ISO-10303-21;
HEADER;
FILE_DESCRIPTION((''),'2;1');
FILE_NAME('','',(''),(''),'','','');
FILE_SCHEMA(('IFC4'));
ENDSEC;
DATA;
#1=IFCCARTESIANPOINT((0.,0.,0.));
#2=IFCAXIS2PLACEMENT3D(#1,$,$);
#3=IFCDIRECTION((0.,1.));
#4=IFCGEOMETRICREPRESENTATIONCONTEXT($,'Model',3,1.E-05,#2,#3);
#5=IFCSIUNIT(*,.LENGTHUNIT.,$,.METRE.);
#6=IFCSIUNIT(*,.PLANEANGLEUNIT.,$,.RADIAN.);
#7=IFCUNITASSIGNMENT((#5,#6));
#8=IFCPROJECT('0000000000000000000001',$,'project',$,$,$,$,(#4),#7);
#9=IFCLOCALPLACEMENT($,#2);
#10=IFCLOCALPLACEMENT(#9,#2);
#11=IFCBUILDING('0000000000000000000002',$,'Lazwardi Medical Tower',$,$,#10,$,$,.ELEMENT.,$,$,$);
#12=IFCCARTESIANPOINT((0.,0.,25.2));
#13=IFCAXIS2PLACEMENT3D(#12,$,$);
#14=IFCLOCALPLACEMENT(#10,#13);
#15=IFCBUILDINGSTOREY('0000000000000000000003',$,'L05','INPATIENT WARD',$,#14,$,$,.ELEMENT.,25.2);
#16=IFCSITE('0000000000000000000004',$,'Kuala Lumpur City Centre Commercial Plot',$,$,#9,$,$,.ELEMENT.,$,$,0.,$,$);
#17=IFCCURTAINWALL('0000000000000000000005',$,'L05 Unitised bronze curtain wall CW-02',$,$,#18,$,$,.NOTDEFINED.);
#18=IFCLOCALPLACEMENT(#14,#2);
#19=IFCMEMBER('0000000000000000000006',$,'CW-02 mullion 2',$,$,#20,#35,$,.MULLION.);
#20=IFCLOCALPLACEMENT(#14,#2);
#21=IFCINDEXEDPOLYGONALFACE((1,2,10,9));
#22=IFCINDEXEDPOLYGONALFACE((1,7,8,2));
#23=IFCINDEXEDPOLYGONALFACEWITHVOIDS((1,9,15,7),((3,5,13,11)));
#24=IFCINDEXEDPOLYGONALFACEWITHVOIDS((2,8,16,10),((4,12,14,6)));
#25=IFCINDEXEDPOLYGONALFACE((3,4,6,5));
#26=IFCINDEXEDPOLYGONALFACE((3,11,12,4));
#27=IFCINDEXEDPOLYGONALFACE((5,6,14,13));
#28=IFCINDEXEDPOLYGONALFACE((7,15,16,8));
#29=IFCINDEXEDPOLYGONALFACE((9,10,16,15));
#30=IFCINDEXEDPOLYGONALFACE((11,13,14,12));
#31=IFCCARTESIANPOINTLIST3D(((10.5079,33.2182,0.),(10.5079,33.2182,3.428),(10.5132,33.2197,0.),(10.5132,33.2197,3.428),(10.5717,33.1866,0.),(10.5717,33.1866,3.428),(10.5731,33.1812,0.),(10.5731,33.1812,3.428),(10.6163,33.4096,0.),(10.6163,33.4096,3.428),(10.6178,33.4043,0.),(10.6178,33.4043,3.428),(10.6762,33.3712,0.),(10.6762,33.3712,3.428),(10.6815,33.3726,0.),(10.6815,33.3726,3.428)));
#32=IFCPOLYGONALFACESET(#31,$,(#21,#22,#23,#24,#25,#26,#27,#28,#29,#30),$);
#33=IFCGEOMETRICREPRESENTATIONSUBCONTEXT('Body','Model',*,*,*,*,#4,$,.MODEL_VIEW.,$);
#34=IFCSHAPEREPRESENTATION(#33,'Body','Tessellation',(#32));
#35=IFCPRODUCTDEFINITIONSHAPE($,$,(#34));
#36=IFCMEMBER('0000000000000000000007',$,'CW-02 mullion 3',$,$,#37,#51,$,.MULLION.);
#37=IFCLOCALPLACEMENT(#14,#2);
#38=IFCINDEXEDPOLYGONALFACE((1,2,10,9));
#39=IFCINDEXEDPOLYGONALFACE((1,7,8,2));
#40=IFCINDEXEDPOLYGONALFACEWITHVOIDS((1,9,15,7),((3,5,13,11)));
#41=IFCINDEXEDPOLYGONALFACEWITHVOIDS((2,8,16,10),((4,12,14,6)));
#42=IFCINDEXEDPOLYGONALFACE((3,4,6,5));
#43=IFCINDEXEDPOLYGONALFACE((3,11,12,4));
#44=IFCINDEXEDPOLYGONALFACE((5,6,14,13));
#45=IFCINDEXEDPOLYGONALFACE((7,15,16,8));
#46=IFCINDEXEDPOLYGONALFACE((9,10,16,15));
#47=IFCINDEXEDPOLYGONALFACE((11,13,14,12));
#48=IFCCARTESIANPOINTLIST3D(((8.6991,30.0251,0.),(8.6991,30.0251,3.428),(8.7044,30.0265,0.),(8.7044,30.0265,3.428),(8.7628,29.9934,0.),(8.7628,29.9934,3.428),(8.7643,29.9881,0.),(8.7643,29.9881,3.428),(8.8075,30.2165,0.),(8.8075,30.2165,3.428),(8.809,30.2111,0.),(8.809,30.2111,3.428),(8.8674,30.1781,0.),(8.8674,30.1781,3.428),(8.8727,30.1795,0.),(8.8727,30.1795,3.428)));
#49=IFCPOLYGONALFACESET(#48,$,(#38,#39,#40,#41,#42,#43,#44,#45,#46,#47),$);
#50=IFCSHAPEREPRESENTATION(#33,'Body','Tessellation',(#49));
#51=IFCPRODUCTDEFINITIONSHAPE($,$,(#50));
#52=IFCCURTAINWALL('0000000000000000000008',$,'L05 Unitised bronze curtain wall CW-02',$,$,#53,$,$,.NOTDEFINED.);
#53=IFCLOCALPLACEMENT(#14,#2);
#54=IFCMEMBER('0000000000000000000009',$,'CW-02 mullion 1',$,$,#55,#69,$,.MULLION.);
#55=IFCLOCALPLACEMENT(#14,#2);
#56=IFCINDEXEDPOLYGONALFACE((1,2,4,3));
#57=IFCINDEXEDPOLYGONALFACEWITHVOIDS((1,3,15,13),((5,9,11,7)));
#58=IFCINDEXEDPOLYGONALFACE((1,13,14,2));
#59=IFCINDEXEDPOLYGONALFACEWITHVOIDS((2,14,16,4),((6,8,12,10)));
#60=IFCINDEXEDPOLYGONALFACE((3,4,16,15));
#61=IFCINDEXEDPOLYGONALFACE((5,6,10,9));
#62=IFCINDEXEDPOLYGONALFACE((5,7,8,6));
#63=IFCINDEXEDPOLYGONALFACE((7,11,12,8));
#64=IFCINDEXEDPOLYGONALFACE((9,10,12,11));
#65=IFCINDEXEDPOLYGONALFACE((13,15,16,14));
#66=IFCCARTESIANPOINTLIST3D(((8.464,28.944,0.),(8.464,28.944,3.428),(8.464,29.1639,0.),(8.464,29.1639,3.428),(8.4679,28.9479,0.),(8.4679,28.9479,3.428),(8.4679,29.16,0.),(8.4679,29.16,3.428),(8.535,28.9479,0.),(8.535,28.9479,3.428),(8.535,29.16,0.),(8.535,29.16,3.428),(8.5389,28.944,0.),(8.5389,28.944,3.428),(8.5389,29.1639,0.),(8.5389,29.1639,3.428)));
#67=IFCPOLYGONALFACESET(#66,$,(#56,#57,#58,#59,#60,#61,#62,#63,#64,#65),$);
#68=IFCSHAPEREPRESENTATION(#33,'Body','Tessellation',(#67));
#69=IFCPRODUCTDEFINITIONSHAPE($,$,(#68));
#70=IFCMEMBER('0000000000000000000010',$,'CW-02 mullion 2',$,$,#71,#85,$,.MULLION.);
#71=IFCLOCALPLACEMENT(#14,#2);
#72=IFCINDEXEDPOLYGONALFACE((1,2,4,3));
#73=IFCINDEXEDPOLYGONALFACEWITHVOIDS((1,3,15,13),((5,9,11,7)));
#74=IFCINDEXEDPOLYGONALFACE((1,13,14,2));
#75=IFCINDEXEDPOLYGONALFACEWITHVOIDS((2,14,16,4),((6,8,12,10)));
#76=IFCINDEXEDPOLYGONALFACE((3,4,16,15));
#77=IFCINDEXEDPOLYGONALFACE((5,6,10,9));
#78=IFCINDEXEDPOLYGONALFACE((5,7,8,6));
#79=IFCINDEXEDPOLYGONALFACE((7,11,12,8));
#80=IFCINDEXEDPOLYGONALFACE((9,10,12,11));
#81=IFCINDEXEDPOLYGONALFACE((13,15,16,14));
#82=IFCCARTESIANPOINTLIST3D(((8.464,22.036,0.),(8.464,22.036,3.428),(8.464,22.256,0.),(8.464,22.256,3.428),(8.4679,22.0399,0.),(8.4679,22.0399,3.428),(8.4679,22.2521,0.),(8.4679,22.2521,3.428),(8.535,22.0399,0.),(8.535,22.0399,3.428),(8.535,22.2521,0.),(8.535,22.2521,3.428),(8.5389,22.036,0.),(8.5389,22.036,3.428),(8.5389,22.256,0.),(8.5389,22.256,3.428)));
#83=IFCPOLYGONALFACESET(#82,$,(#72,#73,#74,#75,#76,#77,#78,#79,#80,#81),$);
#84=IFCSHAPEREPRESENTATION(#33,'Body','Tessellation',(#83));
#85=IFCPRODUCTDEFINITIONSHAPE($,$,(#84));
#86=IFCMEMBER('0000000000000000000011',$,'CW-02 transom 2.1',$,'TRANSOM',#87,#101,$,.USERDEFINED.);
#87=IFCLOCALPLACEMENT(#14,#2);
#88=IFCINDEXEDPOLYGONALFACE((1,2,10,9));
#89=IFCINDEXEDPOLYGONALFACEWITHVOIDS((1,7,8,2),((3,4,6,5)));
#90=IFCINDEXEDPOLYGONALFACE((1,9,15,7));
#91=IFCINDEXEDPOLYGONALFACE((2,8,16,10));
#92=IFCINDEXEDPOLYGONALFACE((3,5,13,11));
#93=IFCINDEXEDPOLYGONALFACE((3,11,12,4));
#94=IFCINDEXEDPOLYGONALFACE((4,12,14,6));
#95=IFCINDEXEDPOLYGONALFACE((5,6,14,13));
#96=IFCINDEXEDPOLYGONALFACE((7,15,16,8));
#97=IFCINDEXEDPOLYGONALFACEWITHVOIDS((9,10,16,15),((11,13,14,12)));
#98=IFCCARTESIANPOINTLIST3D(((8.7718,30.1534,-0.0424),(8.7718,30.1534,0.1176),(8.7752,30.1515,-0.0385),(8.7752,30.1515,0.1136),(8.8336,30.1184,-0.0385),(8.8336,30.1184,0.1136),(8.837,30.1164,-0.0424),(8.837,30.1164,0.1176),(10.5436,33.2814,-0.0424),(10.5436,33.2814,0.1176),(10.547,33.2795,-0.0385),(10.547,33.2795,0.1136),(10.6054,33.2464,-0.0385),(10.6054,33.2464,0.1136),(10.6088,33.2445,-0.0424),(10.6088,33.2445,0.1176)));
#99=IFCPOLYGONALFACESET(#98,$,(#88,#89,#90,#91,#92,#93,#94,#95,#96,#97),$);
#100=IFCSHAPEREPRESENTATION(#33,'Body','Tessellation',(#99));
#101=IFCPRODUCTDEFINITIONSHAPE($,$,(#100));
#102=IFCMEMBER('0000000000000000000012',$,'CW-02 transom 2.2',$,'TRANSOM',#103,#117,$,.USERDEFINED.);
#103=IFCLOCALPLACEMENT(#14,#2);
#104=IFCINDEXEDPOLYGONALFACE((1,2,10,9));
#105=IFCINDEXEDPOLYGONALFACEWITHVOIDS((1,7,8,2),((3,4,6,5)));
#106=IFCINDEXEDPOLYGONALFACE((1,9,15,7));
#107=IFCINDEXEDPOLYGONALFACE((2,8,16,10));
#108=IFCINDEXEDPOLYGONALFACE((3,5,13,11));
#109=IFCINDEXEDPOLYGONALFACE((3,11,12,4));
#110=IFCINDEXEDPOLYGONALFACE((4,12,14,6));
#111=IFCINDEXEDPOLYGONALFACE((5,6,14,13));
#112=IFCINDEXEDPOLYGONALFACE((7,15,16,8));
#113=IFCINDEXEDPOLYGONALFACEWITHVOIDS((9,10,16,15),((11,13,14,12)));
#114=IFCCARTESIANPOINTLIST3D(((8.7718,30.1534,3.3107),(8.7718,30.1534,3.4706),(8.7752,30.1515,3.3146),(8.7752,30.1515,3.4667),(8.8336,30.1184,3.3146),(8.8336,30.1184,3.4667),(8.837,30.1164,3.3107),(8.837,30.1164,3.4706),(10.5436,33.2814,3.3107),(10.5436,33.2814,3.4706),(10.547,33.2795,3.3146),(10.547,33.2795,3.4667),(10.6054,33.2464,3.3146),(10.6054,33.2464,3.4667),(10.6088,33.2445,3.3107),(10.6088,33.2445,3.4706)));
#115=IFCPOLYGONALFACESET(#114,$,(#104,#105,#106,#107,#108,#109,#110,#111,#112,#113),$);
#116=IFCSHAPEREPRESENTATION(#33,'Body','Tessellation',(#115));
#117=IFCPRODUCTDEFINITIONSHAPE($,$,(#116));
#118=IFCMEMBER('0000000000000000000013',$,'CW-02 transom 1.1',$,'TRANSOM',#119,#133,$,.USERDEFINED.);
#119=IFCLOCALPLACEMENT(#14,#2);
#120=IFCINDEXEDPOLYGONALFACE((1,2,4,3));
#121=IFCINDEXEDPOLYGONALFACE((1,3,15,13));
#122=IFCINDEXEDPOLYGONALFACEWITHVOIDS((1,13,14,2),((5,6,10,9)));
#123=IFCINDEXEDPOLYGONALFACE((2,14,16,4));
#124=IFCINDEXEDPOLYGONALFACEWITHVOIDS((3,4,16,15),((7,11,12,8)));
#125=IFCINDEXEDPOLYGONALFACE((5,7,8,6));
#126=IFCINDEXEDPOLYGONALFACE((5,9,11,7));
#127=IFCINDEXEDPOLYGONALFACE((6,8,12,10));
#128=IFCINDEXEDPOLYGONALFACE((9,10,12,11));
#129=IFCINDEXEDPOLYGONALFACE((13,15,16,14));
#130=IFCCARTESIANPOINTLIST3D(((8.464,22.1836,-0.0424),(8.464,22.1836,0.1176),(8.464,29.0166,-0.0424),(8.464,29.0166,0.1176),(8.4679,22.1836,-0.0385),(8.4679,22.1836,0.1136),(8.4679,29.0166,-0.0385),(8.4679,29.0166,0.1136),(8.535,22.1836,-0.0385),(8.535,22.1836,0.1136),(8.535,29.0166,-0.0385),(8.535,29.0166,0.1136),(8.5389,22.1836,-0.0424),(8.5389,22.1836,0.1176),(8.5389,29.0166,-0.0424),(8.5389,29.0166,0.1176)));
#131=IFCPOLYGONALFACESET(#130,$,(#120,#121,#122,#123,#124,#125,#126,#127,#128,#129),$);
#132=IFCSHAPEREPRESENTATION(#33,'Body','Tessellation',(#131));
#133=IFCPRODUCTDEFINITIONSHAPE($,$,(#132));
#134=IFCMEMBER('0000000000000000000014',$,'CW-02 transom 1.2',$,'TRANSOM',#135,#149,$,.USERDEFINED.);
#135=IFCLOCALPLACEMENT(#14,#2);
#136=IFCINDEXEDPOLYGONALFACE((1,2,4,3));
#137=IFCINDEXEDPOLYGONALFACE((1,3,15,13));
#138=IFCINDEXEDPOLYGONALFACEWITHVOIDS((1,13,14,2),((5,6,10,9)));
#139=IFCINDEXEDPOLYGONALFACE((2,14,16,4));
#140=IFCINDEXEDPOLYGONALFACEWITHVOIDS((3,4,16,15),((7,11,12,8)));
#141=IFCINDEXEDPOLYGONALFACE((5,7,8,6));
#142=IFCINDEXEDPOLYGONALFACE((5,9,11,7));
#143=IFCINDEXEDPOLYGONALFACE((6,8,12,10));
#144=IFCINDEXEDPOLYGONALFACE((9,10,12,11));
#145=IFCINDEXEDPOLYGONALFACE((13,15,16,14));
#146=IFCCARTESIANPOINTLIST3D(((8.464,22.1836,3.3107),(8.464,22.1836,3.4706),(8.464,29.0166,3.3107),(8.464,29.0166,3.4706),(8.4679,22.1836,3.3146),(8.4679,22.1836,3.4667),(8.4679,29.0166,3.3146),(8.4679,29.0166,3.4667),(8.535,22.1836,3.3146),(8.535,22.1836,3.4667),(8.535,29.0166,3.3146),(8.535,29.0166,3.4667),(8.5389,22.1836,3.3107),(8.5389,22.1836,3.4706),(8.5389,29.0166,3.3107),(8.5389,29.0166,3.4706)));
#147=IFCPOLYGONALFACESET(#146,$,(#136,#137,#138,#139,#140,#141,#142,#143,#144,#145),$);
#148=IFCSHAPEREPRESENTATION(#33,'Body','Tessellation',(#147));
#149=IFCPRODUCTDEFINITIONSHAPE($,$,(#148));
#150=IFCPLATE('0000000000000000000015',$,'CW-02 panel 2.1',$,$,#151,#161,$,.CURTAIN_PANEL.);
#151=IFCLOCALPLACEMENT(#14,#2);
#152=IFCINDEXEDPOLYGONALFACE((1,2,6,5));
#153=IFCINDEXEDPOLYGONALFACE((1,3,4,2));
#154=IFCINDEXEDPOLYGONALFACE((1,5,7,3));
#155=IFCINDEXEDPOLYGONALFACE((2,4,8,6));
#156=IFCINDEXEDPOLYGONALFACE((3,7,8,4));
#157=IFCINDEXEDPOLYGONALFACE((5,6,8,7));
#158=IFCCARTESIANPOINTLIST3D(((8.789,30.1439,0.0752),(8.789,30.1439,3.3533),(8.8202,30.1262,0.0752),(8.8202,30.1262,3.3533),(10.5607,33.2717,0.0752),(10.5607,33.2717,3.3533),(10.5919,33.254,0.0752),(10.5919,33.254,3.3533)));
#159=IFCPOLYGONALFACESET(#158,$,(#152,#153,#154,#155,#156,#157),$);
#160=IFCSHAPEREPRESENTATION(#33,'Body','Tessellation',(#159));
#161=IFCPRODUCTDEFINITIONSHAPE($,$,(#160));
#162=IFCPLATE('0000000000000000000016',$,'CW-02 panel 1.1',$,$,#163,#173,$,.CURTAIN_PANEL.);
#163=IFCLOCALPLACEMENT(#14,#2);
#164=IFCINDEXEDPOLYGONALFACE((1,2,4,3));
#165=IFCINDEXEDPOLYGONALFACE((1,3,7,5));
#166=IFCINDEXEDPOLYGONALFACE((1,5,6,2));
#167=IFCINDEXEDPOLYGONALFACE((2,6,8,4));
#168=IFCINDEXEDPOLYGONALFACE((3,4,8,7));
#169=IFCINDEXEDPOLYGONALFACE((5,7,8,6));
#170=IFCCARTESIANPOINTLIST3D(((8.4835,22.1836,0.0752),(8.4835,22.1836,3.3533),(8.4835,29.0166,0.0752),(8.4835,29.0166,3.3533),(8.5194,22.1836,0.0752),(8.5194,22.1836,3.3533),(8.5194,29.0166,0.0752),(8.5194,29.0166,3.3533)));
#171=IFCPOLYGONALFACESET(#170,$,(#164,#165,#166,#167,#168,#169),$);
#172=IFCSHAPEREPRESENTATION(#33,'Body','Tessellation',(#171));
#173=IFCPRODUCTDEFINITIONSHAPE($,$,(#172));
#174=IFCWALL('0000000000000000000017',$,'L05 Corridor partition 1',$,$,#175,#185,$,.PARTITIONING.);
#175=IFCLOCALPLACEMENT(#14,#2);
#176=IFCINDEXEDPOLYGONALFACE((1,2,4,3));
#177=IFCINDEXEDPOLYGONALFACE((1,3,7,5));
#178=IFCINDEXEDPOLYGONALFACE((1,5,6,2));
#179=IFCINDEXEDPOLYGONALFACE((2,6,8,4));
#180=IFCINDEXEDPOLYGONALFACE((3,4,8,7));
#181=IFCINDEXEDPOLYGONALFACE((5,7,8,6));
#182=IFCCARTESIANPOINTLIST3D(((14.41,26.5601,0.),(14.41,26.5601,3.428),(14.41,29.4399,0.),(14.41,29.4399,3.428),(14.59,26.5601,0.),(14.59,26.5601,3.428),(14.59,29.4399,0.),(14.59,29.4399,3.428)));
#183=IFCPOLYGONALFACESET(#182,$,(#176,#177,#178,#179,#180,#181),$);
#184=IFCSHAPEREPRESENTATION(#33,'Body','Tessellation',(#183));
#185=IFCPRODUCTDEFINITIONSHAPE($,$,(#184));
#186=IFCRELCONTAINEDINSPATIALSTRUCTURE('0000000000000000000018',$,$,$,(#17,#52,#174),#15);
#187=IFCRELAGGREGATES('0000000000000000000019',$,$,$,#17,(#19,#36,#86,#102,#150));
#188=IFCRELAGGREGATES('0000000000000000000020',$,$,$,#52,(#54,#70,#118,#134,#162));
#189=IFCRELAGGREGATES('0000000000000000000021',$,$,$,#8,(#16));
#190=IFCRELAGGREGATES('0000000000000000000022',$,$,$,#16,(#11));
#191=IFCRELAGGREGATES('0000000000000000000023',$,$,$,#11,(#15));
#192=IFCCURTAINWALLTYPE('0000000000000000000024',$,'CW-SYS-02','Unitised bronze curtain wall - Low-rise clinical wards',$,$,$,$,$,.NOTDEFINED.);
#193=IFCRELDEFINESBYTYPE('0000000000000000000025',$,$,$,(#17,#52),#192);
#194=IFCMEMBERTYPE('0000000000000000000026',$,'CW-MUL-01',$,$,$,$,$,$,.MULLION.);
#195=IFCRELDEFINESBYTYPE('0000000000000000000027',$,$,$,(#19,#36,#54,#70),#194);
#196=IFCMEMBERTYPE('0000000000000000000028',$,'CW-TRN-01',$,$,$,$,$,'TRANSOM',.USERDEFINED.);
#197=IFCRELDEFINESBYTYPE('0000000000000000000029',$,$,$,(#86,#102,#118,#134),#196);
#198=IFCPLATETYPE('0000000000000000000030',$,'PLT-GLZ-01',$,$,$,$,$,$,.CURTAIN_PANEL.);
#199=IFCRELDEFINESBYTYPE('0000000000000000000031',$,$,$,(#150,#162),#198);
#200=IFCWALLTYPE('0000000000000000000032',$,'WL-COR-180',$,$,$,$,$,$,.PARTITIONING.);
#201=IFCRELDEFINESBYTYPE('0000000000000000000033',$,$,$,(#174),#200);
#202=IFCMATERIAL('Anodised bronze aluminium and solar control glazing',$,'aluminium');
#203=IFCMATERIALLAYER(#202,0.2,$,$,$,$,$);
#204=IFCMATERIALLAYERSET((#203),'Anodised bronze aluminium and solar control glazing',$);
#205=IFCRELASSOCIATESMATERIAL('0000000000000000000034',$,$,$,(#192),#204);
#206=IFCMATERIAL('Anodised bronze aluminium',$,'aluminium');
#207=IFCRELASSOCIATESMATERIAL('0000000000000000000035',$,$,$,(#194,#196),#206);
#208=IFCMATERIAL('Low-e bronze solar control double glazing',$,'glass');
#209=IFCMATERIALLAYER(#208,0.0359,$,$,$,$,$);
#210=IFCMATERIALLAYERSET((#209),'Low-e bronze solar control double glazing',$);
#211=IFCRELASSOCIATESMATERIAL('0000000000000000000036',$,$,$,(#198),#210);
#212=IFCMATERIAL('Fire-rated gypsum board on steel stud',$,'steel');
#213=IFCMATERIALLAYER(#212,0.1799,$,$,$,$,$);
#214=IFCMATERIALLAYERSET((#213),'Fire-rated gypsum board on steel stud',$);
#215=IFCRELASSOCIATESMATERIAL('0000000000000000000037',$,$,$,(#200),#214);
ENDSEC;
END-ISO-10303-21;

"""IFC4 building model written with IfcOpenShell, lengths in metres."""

from ifc_helpers import new_model, si_unit, direction, frame, frame_2d, origin, origin_2d, place, context, subcontext, project, spatial, rectangle, hollow_rectangle, extrude, material, layer, layer_set, material_profile, profile_set, type_object, element, aggregate, save


model = new_model("IFC4")

# Units and contexts
model_context = context("Model", 3, precision=1e-05, world=origin(), true_north=direction((0.0, 1.0)))
body_context = subcontext(model_context, "Body", "Model", "MODEL_VIEW")
ifc_project = project(units=[si_unit("LENGTHUNIT", "METRE"), si_unit("PLANEANGLEUNIT", "RADIAN")], contexts=[model_context])

# Site, building, storey
site_placement = place(None, origin())
site = spatial("IfcSite", under=ifc_project, at=site_placement, Name="Kuala Lumpur City Centre Commercial Plot", CompositionType="ELEMENT", RefElevation=0.0)
building_placement = place(site_placement, origin())
building = spatial("IfcBuilding", under=site, at=building_placement, Name="Lazwardi Medical Tower", CompositionType="ELEMENT")
storey_placement = place(building_placement, frame((0.0, 0.0, 25.2)))
storey = spatial("IfcBuildingStorey", under=building, at=storey_placement, Name="L05", Description="INPATIENT WARD", CompositionType="ELEMENT", Elevation=25.2)

# Curtain walls, members
ifc_material_1 = material(Name="Anodised bronze aluminium and solar control glazing", Category="aluminium")
ifc_layer_1 = layer(ifc_material_1, 0.2)
ifc_layer_set_1 = layer_set([ifc_layer_1], Name="Anodised bronze aluminium and solar control glazing")
curtain_wall_type = type_object("IfcCurtainWallType", Name="CW-SYS-02", Description="Unitised bronze curtain wall - Low-rise clinical wards", PredefinedType="NOTDEFINED", material=ifc_layer_set_1)
curtain_wall_1_placement = place(storey_placement, origin())
curtain_wall_1 = element("IfcCurtainWall", 1, at=curtain_wall_1_placement, inside=storey, type_object=curtain_wall_type, Name="L05 Unitised bronze curtain wall CW-02", PredefinedType="NOTDEFINED")
ifc_material_2 = material(Name="Anodised bronze aluminium", Category="aluminium")
ifc_material_profile_1 = material_profile(ifc_material_2, hollow_rectangle(XDim=0.075, YDim=0.22, WallThickness=0.0039, at=origin_2d()), Name="ALU-MULLION 220x75x4")
ifc_profile_set_1 = profile_set([ifc_material_profile_1], Name="Anodised bronze aluminium")
member_type_1 = type_object("IfcMemberType", Name="CW-MUL-01", PredefinedType="MULLION", material=ifc_profile_set_1)
member_1_placement = place(storey_placement, frame((10.5947, 33.2954, 0.0), z_axis=(0.0, 0.0, 1.0), x_axis=(0.870112, -0.492854, 0.0)))
member_1 = element("IfcMember", 2, at=member_1_placement, type_object=member_type_1, Name="CW-02 mullion 2", PredefinedType="MULLION", context=body_context, shape_type="SweptSolid", body=[
    extrude(hollow_rectangle(XDim=0.075, YDim=0.22, WallThickness=0.0039, at=origin_2d()), origin(), (0.0, 0.0, 1.0), 3.428),
])
member_2_placement = place(storey_placement, frame((8.7859, 30.1023, 0.0), z_axis=(0.0, 0.0, 1.0), x_axis=(0.870112, -0.492854, 0.0)))
member_2 = element("IfcMember", 3, at=member_2_placement, type_object=member_type_1, Name="CW-02 mullion 3", PredefinedType="MULLION", context=body_context, shape_type="SweptSolid", body=[
    extrude(hollow_rectangle(XDim=0.075, YDim=0.22, WallThickness=0.0039, at=origin_2d()), origin(), (0.0, 0.0, 1.0), 3.428),
])
curtain_wall_2_placement = place(storey_placement, origin())
curtain_wall_2 = element("IfcCurtainWall", 4, at=curtain_wall_2_placement, inside=storey, type_object=curtain_wall_type, Name="L05 Unitised bronze curtain wall CW-02", PredefinedType="NOTDEFINED")
member_3_placement = place(storey_placement, frame((8.5015, 29.054, 0.0), z_axis=(0.0, 0.0, 1.0), x_axis=(1.0, 0.0, 0.0)))
member_3 = element("IfcMember", 5, at=member_3_placement, type_object=member_type_1, Name="CW-02 mullion 1", PredefinedType="MULLION", context=body_context, shape_type="SweptSolid", body=[
    extrude(hollow_rectangle(XDim=0.075, YDim=0.22, WallThickness=0.0039, at=origin_2d()), origin(), (0.0, 0.0, 1.0), 3.428),
])
member_4_placement = place(storey_placement, frame((8.5015, 22.146, 0.0), z_axis=(0.0, 0.0, 1.0), x_axis=(1.0, 0.0, 0.0)))
member_4 = element("IfcMember", 6, at=member_4_placement, type_object=member_type_1, Name="CW-02 mullion 2", PredefinedType="MULLION", context=body_context, shape_type="SweptSolid", body=[
    extrude(hollow_rectangle(XDim=0.075, YDim=0.22, WallThickness=0.0039, at=origin_2d()), origin(), (0.0, 0.0, 1.0), 3.428),
])

# Members
ifc_material_profile_2 = material_profile(ifc_material_2, hollow_rectangle(XDim=0.075, YDim=0.1599, WallThickness=0.0039, at=origin_2d()), Name="ALU-TRANSOM 160x75x4")
ifc_profile_set_2 = profile_set([ifc_material_profile_2], Name="Anodised bronze aluminium")
member_type_2 = type_object("IfcMemberType", Name="CW-TRN-01", ElementType="TRANSOM", PredefinedType="USERDEFINED", material=ifc_profile_set_2)
member_5_placement = place(storey_placement, frame((10.5762, 33.2629, 0.0376), z_axis=(-0.492851, -0.870113, 0.0), x_axis=(0.870113, -0.492851, 0.0)))
member_5 = element("IfcMember", 7, at=member_5_placement, type_object=member_type_2, Name="CW-02 transom 2.1", ObjectType="TRANSOM", PredefinedType="USERDEFINED", context=body_context, shape_type="SweptSolid", body=[
    extrude(hollow_rectangle(XDim=0.075, YDim=0.1599, WallThickness=0.0039, at=origin_2d()), origin(), (0.0, 0.0, 1.0), 3.595),
])
member_6_placement = place(storey_placement, frame((10.5762, 33.2629, 3.3906), z_axis=(-0.492851, -0.870113, 0.0), x_axis=(0.870113, -0.492851, 0.0)))
member_6 = element("IfcMember", 8, at=member_6_placement, type_object=member_type_2, Name="CW-02 transom 2.2", ObjectType="TRANSOM", PredefinedType="USERDEFINED", context=body_context, shape_type="SweptSolid", body=[
    extrude(hollow_rectangle(XDim=0.075, YDim=0.1599, WallThickness=0.0039, at=origin_2d()), origin(), (0.0, 0.0, 1.0), 3.595),
])
member_7_placement = place(storey_placement, frame((8.5015, 29.0166, 0.0376), z_axis=(0.0, -1.0, 0.0), x_axis=(1.0, 0.0, 0.0)))
member_7 = element("IfcMember", 9, at=member_7_placement, type_object=member_type_2, Name="CW-02 transom 1.1", ObjectType="TRANSOM", PredefinedType="USERDEFINED", context=body_context, shape_type="SweptSolid", body=[
    extrude(hollow_rectangle(XDim=0.075, YDim=0.1599, WallThickness=0.0039, at=origin_2d()), origin(), (0.0, 0.0, 1.0), 6.833),
])
member_8_placement = place(storey_placement, frame((8.5015, 29.0166, 3.3906), z_axis=(0.0, -1.0, 0.0), x_axis=(1.0, 0.0, 0.0)))
member_8 = element("IfcMember", 10, at=member_8_placement, type_object=member_type_2, Name="CW-02 transom 1.2", ObjectType="TRANSOM", PredefinedType="USERDEFINED", context=body_context, shape_type="SweptSolid", body=[
    extrude(hollow_rectangle(XDim=0.075, YDim=0.1599, WallThickness=0.0039, at=origin_2d()), origin(), (0.0, 0.0, 1.0), 6.833),
])

# Plates
ifc_material_3 = material(Name="Low-e bronze solar control double glazing", Category="glass")
ifc_layer_2 = layer(ifc_material_3, 0.0359)
ifc_layer_set_2 = layer_set([ifc_layer_2], Name="Low-e bronze solar control double glazing")
plate_type = type_object("IfcPlateType", Name="PLT-GLZ-01", PredefinedType="CURTAIN_PANEL", material=ifc_layer_set_2)
plate_1_placement = place(storey_placement, frame((9.6904, 31.699, 0.0752), z_axis=(0.0, 0.0, 1.0), x_axis=(-0.492854, -0.870112, 0.0)))
plate_1 = element("IfcPlate", 11, at=plate_1_placement, type_object=plate_type, Name="CW-02 panel 2.1", PredefinedType="CURTAIN_PANEL", context=body_context, shape_type="SweptSolid", body=[
    extrude(rectangle(XDim=3.5947, YDim=0.0359, at=origin_2d()), origin(), (0.0, 0.0, 1.0), 3.2781),
])
aggregate(curtain_wall_1, [member_1, member_2, member_5, member_6, plate_1])
plate_2_placement = place(storey_placement, frame((8.5015, 25.6001, 0.0752), z_axis=(0.0, 0.0, 1.0), x_axis=(0.0, -1.0, 0.0)))
plate_2 = element("IfcPlate", 12, at=plate_2_placement, type_object=plate_type, Name="CW-02 panel 1.1", PredefinedType="CURTAIN_PANEL", context=body_context, shape_type="SweptSolid", body=[
    extrude(rectangle(XDim=6.833, YDim=0.0359, at=origin_2d()), origin(), (0.0, 0.0, 1.0), 3.2781),
])
aggregate(curtain_wall_2, [member_3, member_4, member_7, member_8, plate_2])

# Wall
ifc_material_4 = material(Name="Fire-rated gypsum board on steel stud", Category="steel")
ifc_layer_3 = layer(ifc_material_4, 0.1799)
ifc_layer_set_3 = layer_set([ifc_layer_3], Name="Fire-rated gypsum board on steel stud")
wall_type_1 = type_object("IfcWallType", Name="WL-COR-180", PredefinedType="PARTITIONING", material=ifc_layer_set_3)
wall_1_placement = place(storey_placement, frame((14.5, 26.5601, 0.0), z_axis=(0.0, 0.0, 1.0), x_axis=(0.0, 1.0, 0.0)))
element("IfcWall", 13, at=wall_1_placement, inside=storey, type_object=wall_type_1, Name="L05 Corridor partition 1", PredefinedType="PARTITIONING", context=body_context, shape_type="SweptSolid", body=[
    extrude(rectangle(XDim=2.8799, YDim=0.1799, at=frame_2d((1.4399, 0.0))), origin(), (0.0, 0.0, 1.0), 3.428),
])

save(model, "model.ifc")
